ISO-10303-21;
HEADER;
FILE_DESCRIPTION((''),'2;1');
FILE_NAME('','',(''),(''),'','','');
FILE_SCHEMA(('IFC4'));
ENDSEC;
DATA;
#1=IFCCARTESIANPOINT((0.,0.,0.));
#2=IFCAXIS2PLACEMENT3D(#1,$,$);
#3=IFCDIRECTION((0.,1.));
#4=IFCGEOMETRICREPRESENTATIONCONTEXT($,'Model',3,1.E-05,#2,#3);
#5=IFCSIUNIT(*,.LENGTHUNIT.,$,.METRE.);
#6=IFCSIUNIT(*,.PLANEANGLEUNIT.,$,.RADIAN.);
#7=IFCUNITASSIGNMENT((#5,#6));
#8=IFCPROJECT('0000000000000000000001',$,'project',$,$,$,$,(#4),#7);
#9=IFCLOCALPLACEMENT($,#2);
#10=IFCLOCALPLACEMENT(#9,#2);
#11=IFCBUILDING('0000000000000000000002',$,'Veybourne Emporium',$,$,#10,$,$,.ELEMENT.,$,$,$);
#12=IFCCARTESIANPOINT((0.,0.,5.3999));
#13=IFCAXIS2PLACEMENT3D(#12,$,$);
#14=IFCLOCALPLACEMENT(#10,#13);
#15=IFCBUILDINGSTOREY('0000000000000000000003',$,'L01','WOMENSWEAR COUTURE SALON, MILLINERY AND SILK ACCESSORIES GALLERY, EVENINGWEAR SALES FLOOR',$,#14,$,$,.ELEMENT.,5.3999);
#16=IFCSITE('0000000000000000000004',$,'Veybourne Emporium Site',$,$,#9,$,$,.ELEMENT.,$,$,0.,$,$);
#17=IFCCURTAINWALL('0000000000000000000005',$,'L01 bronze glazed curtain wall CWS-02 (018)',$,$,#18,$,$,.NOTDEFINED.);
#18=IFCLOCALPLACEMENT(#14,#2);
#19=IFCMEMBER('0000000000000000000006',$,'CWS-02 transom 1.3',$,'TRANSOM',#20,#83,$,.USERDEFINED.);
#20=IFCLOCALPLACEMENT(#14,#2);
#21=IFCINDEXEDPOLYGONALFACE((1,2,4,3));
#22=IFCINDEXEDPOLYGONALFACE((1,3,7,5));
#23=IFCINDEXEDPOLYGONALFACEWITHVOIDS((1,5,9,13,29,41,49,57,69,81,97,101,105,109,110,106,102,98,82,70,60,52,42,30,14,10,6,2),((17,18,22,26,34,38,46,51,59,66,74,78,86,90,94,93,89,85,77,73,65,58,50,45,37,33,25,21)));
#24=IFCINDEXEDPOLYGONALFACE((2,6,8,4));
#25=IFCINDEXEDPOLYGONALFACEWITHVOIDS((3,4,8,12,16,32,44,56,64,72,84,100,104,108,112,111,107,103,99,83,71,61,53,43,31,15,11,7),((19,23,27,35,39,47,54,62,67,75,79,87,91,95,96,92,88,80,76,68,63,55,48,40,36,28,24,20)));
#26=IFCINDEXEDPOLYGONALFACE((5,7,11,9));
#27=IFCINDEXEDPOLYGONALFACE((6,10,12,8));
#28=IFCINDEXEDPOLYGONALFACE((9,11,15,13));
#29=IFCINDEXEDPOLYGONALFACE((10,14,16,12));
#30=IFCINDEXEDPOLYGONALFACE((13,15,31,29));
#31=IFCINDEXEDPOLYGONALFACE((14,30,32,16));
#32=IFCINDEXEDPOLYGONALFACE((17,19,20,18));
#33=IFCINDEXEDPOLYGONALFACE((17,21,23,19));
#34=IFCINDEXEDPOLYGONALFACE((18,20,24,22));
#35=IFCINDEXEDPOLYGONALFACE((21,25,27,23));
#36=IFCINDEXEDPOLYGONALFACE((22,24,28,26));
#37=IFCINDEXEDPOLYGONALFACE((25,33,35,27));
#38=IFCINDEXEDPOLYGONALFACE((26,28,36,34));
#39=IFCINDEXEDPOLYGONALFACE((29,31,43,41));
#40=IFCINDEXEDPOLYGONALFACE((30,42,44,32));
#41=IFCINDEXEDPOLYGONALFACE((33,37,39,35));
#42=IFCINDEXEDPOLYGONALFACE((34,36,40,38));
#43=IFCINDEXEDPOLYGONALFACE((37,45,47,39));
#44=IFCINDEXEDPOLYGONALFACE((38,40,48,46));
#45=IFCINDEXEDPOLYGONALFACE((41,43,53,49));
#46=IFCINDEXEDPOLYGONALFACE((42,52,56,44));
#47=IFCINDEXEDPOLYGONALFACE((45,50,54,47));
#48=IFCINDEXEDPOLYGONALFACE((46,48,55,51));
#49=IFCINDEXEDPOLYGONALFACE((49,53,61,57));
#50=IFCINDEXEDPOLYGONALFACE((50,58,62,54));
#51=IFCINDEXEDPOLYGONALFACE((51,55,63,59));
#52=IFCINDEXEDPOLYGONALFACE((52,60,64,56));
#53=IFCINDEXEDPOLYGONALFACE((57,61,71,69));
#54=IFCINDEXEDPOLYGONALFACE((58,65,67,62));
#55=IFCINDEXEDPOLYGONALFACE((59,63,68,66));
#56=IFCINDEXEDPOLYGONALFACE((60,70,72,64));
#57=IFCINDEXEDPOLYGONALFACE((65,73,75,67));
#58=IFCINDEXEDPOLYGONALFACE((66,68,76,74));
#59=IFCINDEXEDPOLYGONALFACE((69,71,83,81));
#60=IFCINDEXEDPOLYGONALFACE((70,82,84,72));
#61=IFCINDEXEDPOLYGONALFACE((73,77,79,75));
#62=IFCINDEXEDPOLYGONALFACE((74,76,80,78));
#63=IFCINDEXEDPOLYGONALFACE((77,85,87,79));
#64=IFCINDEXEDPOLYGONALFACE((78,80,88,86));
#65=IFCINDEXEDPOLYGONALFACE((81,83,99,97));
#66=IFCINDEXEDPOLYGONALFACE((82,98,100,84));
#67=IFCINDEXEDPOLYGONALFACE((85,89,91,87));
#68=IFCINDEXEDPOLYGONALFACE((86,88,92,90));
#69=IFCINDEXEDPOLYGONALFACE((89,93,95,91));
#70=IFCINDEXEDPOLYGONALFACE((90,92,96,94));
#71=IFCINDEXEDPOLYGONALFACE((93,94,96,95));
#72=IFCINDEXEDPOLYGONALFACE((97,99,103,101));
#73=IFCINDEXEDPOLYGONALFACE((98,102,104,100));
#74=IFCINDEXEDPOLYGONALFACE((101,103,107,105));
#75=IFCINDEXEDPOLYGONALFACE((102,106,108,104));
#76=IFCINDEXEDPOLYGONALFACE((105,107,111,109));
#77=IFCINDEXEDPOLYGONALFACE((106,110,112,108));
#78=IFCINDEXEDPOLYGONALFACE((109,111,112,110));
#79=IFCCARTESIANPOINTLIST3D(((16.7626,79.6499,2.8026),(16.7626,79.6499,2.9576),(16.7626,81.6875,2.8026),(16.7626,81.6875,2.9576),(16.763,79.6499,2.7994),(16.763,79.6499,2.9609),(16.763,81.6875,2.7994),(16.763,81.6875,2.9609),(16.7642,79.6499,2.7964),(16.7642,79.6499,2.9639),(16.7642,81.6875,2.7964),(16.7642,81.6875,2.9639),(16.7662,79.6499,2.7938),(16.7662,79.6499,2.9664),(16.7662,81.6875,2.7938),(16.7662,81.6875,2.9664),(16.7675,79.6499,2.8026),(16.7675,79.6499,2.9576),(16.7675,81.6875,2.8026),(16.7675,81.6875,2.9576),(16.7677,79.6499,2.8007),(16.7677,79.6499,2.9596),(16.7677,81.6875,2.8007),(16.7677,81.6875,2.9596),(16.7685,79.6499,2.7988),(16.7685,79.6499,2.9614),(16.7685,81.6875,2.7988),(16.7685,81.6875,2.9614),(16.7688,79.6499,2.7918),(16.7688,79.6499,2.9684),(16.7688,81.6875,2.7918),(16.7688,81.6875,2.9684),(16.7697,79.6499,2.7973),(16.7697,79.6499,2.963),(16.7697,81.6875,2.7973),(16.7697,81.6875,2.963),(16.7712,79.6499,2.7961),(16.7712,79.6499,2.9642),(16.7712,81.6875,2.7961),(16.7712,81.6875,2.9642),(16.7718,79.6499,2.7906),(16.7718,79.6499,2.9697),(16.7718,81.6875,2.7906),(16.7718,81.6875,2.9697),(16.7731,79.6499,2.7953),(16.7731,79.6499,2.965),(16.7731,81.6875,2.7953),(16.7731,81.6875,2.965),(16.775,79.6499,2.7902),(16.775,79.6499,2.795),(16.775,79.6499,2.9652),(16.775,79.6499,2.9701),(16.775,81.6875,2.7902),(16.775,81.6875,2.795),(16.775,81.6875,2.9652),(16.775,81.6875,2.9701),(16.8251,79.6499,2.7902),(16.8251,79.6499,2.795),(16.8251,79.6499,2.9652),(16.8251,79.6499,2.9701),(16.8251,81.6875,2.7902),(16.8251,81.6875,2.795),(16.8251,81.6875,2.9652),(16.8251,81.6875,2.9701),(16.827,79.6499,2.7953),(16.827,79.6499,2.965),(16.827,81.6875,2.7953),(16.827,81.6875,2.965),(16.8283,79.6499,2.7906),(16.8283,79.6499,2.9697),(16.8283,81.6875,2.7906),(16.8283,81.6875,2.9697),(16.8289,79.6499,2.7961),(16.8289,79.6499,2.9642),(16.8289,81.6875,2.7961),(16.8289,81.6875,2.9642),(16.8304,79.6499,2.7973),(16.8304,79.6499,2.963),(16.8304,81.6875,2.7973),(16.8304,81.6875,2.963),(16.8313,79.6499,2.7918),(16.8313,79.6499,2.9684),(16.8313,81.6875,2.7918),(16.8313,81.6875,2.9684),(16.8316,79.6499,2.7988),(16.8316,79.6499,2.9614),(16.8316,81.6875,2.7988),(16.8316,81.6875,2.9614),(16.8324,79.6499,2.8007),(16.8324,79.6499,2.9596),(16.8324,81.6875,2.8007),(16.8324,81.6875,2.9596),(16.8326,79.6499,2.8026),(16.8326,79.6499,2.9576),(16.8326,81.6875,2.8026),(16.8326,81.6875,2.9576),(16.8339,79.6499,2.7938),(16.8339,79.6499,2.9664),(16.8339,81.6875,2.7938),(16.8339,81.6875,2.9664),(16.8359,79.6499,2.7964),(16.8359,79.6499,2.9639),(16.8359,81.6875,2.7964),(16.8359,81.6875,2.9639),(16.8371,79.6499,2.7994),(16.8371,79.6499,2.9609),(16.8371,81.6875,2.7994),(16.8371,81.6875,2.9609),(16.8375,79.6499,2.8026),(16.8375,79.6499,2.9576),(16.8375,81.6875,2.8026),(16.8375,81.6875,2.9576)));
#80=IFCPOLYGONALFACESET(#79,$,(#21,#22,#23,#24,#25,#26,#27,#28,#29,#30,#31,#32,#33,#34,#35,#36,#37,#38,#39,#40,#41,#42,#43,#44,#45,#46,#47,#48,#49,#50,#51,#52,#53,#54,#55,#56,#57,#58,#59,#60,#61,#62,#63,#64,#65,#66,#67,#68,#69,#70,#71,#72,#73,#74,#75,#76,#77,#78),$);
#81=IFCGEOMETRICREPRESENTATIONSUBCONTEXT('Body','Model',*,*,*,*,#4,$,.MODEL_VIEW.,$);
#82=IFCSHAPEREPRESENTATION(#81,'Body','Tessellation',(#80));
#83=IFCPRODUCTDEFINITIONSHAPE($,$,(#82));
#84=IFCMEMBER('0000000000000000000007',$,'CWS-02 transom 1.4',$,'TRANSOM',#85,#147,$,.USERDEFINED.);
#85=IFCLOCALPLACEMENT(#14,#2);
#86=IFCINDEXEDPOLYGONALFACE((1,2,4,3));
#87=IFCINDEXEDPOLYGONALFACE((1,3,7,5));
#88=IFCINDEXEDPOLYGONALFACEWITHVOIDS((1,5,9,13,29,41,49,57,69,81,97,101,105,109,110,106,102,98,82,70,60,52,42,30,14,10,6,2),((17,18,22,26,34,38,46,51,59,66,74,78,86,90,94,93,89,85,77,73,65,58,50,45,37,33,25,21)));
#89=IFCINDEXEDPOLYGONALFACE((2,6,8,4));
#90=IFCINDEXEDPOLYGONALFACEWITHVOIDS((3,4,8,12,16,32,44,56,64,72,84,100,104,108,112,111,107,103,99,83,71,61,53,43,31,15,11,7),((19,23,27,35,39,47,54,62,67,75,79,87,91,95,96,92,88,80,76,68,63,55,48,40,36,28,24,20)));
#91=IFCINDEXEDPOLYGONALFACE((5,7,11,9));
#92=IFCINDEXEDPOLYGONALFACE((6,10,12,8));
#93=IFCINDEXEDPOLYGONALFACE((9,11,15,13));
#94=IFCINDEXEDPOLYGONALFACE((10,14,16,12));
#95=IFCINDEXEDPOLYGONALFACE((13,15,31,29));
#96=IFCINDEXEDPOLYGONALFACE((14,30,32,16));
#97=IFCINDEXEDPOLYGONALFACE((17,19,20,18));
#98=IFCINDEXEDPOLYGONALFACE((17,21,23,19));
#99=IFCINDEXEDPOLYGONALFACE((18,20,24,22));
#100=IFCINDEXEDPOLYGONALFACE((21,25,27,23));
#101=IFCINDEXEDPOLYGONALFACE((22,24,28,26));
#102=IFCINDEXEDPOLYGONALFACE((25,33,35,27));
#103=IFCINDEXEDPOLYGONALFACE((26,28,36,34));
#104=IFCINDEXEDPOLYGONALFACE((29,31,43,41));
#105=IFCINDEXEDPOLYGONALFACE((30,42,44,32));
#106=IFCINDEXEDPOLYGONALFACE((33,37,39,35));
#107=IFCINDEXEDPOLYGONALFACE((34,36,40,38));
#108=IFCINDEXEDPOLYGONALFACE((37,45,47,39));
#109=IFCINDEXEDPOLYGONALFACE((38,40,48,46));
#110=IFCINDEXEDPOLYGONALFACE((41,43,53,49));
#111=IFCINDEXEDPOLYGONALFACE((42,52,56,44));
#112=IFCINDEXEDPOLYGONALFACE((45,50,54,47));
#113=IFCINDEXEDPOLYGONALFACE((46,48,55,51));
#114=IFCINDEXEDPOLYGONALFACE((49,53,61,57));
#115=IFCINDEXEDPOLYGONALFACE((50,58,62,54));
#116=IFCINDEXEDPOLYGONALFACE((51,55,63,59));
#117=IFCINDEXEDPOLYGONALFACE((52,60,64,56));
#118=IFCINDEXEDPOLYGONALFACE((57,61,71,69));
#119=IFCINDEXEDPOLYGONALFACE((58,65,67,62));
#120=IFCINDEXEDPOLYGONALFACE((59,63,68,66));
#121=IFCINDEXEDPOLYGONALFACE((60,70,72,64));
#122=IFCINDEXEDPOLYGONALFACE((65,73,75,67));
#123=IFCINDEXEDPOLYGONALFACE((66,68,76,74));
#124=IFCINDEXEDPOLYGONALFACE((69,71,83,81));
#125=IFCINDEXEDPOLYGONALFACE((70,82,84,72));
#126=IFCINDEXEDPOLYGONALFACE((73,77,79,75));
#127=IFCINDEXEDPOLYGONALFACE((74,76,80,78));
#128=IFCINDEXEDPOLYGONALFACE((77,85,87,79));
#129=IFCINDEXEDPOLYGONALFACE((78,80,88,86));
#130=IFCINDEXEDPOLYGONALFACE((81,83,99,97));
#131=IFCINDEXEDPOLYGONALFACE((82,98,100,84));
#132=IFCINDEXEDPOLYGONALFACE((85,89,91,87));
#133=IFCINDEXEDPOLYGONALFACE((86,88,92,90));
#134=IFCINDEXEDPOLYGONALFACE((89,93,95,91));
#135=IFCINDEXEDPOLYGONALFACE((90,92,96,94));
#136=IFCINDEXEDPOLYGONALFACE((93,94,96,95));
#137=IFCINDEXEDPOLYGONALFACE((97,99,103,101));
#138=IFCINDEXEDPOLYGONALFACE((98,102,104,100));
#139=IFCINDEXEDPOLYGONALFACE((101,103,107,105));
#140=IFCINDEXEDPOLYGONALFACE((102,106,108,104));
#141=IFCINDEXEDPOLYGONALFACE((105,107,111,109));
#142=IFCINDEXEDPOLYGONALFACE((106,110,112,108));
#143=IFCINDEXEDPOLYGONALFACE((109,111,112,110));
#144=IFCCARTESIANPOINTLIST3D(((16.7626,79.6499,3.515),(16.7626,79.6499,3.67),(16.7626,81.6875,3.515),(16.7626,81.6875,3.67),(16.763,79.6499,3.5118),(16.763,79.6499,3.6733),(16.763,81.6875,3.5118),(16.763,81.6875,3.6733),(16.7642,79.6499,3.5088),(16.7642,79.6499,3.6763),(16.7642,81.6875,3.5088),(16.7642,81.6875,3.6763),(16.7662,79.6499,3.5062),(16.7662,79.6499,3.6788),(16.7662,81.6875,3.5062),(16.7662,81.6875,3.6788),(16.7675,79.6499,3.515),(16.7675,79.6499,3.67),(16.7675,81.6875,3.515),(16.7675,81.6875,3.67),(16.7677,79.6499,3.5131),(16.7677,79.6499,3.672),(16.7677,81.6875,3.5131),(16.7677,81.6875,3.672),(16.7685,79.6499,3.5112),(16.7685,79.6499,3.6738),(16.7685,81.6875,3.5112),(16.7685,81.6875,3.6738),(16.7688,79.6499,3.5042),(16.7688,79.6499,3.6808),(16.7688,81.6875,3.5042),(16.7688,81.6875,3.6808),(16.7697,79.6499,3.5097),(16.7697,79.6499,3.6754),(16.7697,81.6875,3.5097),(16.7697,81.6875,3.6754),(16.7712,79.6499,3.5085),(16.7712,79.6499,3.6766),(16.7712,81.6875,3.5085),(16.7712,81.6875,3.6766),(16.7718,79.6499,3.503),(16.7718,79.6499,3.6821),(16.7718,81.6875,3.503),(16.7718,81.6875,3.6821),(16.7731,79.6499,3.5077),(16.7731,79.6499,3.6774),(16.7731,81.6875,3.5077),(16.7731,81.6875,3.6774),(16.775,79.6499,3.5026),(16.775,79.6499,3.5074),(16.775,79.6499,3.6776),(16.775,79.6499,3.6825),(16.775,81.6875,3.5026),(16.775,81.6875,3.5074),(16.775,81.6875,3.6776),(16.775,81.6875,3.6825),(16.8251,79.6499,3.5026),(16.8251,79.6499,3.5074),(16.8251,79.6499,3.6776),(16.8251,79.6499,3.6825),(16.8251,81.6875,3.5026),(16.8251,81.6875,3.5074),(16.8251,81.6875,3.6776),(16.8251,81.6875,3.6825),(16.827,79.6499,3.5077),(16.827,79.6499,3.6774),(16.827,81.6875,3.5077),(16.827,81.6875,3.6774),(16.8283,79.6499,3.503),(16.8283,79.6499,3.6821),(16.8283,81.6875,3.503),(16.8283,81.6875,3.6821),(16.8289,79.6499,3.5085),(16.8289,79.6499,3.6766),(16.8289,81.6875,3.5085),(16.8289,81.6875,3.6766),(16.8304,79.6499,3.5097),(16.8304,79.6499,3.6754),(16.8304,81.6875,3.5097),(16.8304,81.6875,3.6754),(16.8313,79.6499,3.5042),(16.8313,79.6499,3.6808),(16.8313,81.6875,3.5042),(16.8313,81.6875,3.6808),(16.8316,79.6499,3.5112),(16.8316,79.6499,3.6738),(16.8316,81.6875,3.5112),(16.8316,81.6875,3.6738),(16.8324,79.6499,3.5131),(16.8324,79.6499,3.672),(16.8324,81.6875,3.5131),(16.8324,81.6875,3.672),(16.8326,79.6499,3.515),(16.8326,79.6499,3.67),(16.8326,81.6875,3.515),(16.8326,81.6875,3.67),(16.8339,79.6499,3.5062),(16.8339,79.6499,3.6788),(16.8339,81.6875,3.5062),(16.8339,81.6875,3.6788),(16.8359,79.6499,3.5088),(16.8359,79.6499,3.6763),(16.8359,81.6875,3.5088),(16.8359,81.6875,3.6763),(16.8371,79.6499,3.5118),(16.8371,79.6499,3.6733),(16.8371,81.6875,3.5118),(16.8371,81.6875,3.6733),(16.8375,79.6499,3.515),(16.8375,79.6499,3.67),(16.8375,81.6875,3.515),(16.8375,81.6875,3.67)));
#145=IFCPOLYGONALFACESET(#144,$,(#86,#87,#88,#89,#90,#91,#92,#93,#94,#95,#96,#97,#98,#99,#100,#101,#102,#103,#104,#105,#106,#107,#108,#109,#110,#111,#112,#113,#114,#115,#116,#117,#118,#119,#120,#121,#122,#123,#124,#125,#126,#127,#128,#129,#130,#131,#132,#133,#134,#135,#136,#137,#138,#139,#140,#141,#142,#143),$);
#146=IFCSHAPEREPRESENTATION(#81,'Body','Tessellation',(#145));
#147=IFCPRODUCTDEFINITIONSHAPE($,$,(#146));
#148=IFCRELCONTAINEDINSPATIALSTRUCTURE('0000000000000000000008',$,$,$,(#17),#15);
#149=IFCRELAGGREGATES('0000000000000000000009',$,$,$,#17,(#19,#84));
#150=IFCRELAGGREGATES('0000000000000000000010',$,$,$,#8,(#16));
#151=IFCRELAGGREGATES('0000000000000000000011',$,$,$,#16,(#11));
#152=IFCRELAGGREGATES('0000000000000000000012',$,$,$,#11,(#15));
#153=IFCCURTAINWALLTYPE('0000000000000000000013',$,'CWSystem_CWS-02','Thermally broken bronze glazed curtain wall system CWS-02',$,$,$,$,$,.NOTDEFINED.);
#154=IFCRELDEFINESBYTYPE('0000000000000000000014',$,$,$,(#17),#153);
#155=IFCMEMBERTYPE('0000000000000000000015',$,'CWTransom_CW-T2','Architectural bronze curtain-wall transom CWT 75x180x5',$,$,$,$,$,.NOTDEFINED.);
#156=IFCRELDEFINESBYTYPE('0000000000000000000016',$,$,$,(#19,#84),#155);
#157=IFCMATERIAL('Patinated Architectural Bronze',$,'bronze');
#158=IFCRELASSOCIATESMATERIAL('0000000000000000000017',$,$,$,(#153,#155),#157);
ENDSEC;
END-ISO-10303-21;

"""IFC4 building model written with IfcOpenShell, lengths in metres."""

from ifc_helpers import new_model, si_unit, direction, frame, origin, origin_2d, place, context, subcontext, project, spatial, hollow_rectangle, extrude, material, material_profile, profile_set, type_object, element, aggregate, save


model = new_model("IFC4")

# Units and contexts
model_context = context("Model", 3, precision=1e-05, world=origin(), true_north=direction((0.0, 1.0)))
body_context = subcontext(model_context, "Body", "Model", "MODEL_VIEW")
ifc_project = project(units=[si_unit("LENGTHUNIT", "METRE"), si_unit("PLANEANGLEUNIT", "RADIAN")], contexts=[model_context])

# Site, building, storey
site_placement = place(None, origin())
site = spatial("IfcSite", under=ifc_project, at=site_placement, Name="Veybourne Emporium Site", CompositionType="ELEMENT", RefElevation=0.0)
building_placement = place(site_placement, origin())
building = spatial("IfcBuilding", under=site, at=building_placement, Name="Veybourne Emporium", CompositionType="ELEMENT")
storey_placement = place(building_placement, frame((0.0, 0.0, 5.3999)))
storey = spatial("IfcBuildingStorey", under=building, at=storey_placement, Name="L01", Description="WOMENSWEAR COUTURE SALON, MILLINERY AND SILK ACCESSORIES GALLERY, EVENINGWEAR SALES FLOOR", CompositionType="ELEMENT", Elevation=5.3999)

# Curtain wall, members
ifc_material_1 = material(Name="Patinated Architectural Bronze", Category="bronze")
curtain_wall_type = type_object("IfcCurtainWallType", Name="CWSystem_CWS-02", Description="Thermally broken bronze glazed curtain wall system CWS-02", PredefinedType="NOTDEFINED", material=ifc_material_1)
curtain_wall_placement = place(storey_placement, origin())
curtain_wall = element("IfcCurtainWall", 1, at=curtain_wall_placement, inside=storey, type_object=curtain_wall_type, Name="L01 bronze glazed curtain wall CWS-02 (018)", PredefinedType="NOTDEFINED")
ifc_material_profile_1 = material_profile(ifc_material_1, hollow_rectangle(XDim=0.075, YDim=0.1799, WallThickness=0.0049, InnerFilletRadius=0.0076, OuterFilletRadius=0.0125, at=origin_2d()), Name="CWT 75x180x5")
ifc_profile_set_1 = profile_set([ifc_material_profile_1], Name="Patinated Architectural Bronze")
member_type_1 = type_object("IfcMemberType", Name="CWTransom_CW-T2", Description="Architectural bronze curtain-wall transom CWT 75x180x5", PredefinedType="NOTDEFINED", material=ifc_profile_set_1)
member_1_placement = place(storey_placement, frame((16.8, 79.6499, 2.8801), z_axis=(0.0, 1.0, 0.0), x_axis=(-1.0, 0.0, 0.0)))
member_1 = element("IfcMember", 2, at=member_1_placement, type_object=member_type_1, Name="CWS-02 transom 1.3", ObjectType="TRANSOM", PredefinedType="USERDEFINED", context=body_context, shape_type="SweptSolid", body=[
    extrude(hollow_rectangle(XDim=0.075, YDim=0.1799, WallThickness=0.0049, InnerFilletRadius=0.0076, OuterFilletRadius=0.0125, at=origin_2d()), origin(), (0.0, 0.0, 1.0), 2.0376),
])
member_2_placement = place(storey_placement, frame((16.8, 79.6499, 3.5925), z_axis=(0.0, 1.0, 0.0), x_axis=(-1.0, 0.0, 0.0)))
member_2 = element("IfcMember", 3, at=member_2_placement, type_object=member_type_1, Name="CWS-02 transom 1.4", ObjectType="TRANSOM", PredefinedType="USERDEFINED", context=body_context, shape_type="SweptSolid", body=[
    extrude(hollow_rectangle(XDim=0.075, YDim=0.1799, WallThickness=0.0049, InnerFilletRadius=0.0076, OuterFilletRadius=0.0125, at=origin_2d()), origin(), (0.0, 0.0, 1.0), 2.0376),
])

aggregate(curtain_wall, [member_1, member_2])

save(model, "model.ifc")
